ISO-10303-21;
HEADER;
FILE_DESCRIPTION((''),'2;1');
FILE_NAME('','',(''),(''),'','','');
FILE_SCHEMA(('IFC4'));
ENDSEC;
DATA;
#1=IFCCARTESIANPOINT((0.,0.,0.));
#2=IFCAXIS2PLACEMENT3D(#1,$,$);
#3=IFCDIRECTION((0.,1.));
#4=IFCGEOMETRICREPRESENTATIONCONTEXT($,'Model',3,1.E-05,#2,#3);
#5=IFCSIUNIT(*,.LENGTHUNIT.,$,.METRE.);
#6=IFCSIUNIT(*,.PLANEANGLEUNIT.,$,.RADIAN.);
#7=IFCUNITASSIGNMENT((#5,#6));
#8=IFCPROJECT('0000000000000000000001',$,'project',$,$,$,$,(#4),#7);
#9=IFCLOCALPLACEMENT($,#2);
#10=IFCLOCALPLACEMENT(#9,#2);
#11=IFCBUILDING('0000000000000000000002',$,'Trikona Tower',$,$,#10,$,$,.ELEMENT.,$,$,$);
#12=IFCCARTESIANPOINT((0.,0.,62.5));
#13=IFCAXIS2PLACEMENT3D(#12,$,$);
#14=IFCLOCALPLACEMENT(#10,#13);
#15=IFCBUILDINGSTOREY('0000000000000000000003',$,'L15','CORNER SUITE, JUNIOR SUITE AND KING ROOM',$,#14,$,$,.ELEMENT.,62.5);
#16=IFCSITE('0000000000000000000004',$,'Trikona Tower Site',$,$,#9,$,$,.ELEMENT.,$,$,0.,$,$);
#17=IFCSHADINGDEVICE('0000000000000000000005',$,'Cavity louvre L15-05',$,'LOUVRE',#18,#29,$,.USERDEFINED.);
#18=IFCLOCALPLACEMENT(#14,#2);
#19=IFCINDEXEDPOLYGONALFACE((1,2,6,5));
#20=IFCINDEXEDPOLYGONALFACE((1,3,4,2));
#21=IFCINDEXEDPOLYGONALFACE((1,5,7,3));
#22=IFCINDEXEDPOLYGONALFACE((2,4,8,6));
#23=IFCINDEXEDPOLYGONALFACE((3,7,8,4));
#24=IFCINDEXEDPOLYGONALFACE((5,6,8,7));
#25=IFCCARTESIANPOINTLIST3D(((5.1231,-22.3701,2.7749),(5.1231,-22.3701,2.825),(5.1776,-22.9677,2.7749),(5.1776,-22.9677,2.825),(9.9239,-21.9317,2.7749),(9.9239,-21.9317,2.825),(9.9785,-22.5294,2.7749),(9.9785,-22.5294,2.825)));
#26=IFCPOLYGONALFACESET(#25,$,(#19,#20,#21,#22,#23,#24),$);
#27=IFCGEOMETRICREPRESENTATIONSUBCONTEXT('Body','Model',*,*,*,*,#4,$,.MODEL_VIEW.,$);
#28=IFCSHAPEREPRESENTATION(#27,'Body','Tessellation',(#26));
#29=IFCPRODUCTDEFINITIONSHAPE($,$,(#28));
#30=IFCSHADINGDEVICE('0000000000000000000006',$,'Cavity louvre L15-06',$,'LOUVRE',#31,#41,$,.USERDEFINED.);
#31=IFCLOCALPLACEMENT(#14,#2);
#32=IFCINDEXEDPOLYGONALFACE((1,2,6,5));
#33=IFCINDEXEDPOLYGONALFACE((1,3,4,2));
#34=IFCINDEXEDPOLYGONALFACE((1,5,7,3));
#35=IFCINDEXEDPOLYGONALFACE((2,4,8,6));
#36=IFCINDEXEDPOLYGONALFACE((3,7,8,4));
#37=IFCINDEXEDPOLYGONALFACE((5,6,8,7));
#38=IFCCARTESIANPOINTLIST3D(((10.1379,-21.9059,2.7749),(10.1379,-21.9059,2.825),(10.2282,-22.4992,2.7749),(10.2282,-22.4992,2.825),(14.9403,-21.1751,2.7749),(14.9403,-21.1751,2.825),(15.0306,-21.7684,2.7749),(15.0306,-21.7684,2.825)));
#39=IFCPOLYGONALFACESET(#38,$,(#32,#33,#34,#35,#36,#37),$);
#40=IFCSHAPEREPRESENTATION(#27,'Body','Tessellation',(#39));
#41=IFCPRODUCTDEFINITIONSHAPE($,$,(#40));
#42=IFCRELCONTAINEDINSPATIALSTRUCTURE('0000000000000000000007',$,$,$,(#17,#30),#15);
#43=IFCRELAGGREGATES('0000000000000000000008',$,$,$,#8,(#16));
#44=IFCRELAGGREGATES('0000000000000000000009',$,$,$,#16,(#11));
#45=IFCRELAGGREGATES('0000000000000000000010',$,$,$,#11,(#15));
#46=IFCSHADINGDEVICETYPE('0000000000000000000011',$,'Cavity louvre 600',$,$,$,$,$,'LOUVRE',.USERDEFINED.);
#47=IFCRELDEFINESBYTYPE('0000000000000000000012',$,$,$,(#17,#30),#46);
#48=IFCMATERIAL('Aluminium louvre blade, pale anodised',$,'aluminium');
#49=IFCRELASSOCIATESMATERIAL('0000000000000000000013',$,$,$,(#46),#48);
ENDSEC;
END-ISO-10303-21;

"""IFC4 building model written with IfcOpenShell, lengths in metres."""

from ifc_helpers import new_model, si_unit, direction, frame, origin, origin_2d, place, context, subcontext, project, spatial, rectangle, extrude, material, type_object, element, save


model = new_model("IFC4")

# Units and contexts
model_context = context("Model", 3, precision=1e-05, world=origin(), true_north=direction((0.0, 1.0)))
body_context = subcontext(model_context, "Body", "Model", "MODEL_VIEW")
ifc_project = project(units=[si_unit("LENGTHUNIT", "METRE"), si_unit("PLANEANGLEUNIT", "RADIAN")], contexts=[model_context])

# Site, building, storey
site_placement = place(None, origin())
site = spatial("IfcSite", under=ifc_project, at=site_placement, Name="Trikona Tower Site", CompositionType="ELEMENT", RefElevation=0.0)
building_placement = place(site_placement, origin())
building = spatial("IfcBuilding", under=site, at=building_placement, Name="Trikona Tower", CompositionType="ELEMENT")
storey_placement = place(building_placement, frame((0.0, 0.0, 62.5)))
storey = spatial("IfcBuildingStorey", under=building, at=storey_placement, Name="L15", Description="CORNER SUITE, JUNIOR SUITE AND KING ROOM", CompositionType="ELEMENT", Elevation=62.5)

# Shading devices
ifc_material_1 = material(Name="Aluminium louvre blade, pale anodised", Category="aluminium")
shading_device_type = type_object("IfcShadingDeviceType", Name="Cavity louvre 600", ElementType="LOUVRE", PredefinedType="USERDEFINED", material=ifc_material_1)
shading_device_1_placement = place(storey_placement, frame((7.5508, -22.4497, 2.7749), z_axis=(0.0, 0.0, 1.0), x_axis=(0.995858, 0.090921, 0.0)))
element("IfcShadingDevice", 1, at=shading_device_1_placement, inside=storey, type_object=shading_device_type, Name="Cavity louvre L15-05", ObjectType="LOUVRE", PredefinedType="USERDEFINED", context=body_context, shape_type="SweptSolid", body=[
    extrude(rectangle(XDim=4.8208, YDim=0.6001, at=origin_2d()), origin(), (0.0, 0.0, 1.0), 0.05),
])
shading_device_2_placement = place(storey_placement, frame((12.5842, -21.8372, 2.7749), z_axis=(0.0, 0.0, 1.0), x_axis=(0.988618, 0.150448, 0.0)))
element("IfcShadingDevice", 2, at=shading_device_2_placement, inside=storey, type_object=shading_device_type, Name="Cavity louvre L15-06", ObjectType="LOUVRE", PredefinedType="USERDEFINED", context=body_context, shape_type="SweptSolid", body=[
    extrude(rectangle(XDim=4.8577, YDim=0.6001, at=origin_2d()), origin(), (0.0, 0.0, 1.0), 0.05),
])

save(model, "model.ifc")
